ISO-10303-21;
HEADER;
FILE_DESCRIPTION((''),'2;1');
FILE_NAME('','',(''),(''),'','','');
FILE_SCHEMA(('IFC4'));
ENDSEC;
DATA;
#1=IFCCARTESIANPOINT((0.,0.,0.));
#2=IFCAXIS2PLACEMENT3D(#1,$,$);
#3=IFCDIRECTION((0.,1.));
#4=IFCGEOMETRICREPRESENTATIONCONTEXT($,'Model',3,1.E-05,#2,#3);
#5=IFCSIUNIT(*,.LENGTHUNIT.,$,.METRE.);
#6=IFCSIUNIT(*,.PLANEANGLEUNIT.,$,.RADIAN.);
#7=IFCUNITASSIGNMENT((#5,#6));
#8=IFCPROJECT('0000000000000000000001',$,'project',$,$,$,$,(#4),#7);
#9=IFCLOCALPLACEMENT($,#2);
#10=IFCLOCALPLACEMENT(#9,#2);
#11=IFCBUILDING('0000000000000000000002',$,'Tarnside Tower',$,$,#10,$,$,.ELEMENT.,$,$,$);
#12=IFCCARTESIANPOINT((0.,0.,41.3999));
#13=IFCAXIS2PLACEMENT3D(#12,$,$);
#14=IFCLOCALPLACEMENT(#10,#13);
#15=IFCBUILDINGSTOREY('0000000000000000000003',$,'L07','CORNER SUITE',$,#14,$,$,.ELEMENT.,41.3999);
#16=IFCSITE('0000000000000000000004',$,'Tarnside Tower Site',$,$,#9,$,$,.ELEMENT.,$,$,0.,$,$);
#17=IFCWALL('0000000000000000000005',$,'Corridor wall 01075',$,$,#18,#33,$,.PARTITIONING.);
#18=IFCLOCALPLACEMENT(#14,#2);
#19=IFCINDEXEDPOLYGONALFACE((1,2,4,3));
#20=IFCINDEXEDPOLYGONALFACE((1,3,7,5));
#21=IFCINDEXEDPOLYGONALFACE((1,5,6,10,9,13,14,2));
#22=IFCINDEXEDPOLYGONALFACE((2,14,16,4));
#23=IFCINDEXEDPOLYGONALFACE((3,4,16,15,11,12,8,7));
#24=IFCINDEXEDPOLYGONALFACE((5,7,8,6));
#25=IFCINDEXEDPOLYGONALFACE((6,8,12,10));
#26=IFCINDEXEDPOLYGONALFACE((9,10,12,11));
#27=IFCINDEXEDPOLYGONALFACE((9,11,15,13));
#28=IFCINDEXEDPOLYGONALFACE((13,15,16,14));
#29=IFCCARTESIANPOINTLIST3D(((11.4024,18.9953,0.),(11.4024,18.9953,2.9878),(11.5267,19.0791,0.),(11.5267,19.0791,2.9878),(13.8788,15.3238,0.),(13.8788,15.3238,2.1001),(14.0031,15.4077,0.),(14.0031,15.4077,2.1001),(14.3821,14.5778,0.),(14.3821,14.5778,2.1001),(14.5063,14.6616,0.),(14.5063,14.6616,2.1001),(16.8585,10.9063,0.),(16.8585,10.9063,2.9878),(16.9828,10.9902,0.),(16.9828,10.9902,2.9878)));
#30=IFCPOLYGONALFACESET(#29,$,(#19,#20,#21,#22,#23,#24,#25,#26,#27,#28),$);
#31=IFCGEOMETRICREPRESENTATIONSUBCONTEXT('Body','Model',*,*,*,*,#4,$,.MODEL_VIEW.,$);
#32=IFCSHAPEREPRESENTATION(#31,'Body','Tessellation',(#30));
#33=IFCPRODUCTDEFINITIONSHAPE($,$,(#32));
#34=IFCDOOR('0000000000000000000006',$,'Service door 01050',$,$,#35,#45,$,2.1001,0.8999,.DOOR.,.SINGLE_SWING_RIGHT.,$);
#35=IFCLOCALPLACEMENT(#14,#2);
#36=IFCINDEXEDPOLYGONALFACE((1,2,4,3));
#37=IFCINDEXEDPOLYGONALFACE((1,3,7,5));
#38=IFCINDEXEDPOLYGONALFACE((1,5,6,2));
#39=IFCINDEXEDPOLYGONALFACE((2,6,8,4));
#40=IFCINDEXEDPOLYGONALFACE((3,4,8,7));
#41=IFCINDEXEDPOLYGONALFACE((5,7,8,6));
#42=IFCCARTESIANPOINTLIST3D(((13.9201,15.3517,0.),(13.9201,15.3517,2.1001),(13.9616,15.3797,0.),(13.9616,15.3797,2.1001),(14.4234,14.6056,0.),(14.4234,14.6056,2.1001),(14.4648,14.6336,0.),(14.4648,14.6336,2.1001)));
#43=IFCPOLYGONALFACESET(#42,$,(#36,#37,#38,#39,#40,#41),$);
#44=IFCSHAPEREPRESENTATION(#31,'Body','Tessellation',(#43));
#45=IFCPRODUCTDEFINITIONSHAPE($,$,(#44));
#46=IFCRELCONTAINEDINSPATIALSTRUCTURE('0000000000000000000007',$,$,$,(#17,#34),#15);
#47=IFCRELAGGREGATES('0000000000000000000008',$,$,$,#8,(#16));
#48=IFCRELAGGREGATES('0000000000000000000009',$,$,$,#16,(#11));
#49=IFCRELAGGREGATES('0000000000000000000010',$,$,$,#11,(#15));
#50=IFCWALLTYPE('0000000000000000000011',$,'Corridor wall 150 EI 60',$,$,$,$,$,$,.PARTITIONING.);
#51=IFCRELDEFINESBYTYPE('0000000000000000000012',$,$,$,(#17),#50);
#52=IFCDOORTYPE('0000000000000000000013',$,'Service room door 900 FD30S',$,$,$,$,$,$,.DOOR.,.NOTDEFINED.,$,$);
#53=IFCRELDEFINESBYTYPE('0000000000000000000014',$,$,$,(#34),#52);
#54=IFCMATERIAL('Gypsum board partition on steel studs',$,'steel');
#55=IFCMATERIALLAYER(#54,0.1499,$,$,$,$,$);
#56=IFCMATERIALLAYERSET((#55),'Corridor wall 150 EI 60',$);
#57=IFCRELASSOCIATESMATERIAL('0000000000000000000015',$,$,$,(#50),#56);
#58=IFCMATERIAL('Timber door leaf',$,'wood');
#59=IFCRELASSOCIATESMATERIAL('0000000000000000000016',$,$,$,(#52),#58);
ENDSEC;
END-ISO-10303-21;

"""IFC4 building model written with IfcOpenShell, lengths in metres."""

from ifc_helpers import new_model, si_unit, direction, frame, frame_2d, origin, place, context, subcontext, project, spatial, rectangle, extrude, material, layer, layer_set, type_object, element, fill, save


model = new_model("IFC4")

# Units and contexts
model_context = context("Model", 3, precision=1e-05, world=origin(), true_north=direction((0.0, 1.0)))
body_context = subcontext(model_context, "Body", "Model", "MODEL_VIEW")
ifc_project = project(units=[si_unit("LENGTHUNIT", "METRE"), si_unit("PLANEANGLEUNIT", "RADIAN")], contexts=[model_context])

# Site, building, storey
site_placement = place(None, origin())
site = spatial("IfcSite", under=ifc_project, at=site_placement, Name="Tarnside Tower Site", CompositionType="ELEMENT", RefElevation=0.0)
building_placement = place(site_placement, origin())
building = spatial("IfcBuilding", under=site, at=building_placement, Name="Tarnside Tower", CompositionType="ELEMENT")
storey_placement = place(building_placement, frame((0.0, 0.0, 41.3999)))
storey = spatial("IfcBuildingStorey", under=building, at=storey_placement, Name="L07", Description="CORNER SUITE", CompositionType="ELEMENT", Elevation=41.3999)

# Shared definitions
ifc_material_1 = material(Name="Gypsum board partition on steel studs", Category="steel")

# Shared definitions
ifc_layer_1 = layer(ifc_material_1, 0.1499)
ifc_layer_set_1 = layer_set([ifc_layer_1], Name="Corridor wall 150 EI 60")
wall_type_1 = type_object("IfcWallType", Name="Corridor wall 150 EI 60", PredefinedType="PARTITIONING", material=ifc_layer_set_1)
ifc_material_2 = material(Name="Timber door leaf", Category="wood")

# Wall, opening, door
wall_1_placement = place(storey_placement, frame((11.4646, 19.0371, 0.0), z_axis=(0.0, 0.0, 1.0), x_axis=(0.559196, -0.829035, 0.0)))
wall_1 = element("IfcWall", 1, at=wall_1_placement, inside=storey, type_object=wall_type_1, Name="Corridor wall 01075", PredefinedType="PARTITIONING", context=body_context, shape_type="SweptSolid", body=[
    extrude(rectangle(XDim=9.7571, YDim=0.1499, at=frame_2d((4.8784, 0.0))), origin(), (0.0, 0.0, 1.0), 2.9878),
])
opening_1_placement = place(wall_1_placement, frame((4.4285, 0.0, 0.0)))
opening_1 = element("IfcOpeningElement", 2, at=opening_1_placement, cuts=wall_1, PredefinedType="OPENING", context=body_context, shape_type="SweptSolid", body=[
    extrude(rectangle(XDim=0.8999, YDim=2.1001, at=frame_2d((0.45, 1.05))), frame((0.0, 0.085, 0.0), z_axis=(0.0, -1.0, 0.0), x_axis=(1.0, 0.0, 0.0)), (0.0, 0.0, 1.0), 0.1699),
])
door_type_1 = type_object("IfcDoorType", Name="Service room door 900 FD30S", OperationType="NOTDEFINED", PredefinedType="DOOR", material=ifc_material_2)
door_1_placement = place(opening_1_placement, origin())
door_1 = element("IfcDoor", 3, at=door_1_placement, inside=storey, type_object=door_type_1, Name="Service door 01050", OperationType="SINGLE_SWING_RIGHT", OverallHeight=2.1001, OverallWidth=0.8999, PredefinedType="DOOR", context=body_context, shape_type="SweptSolid", body=[
    extrude(rectangle(XDim=0.8999, YDim=2.1001, at=frame_2d((0.45, 1.05))), frame((0.0, 0.0249, 0.0), z_axis=(0.0, -1.0, 0.0), x_axis=(1.0, 0.0, 0.0)), (0.0, 0.0, 1.0), 0.05),
])
fill(opening_1, door_1)

save(model, "model.ifc")
